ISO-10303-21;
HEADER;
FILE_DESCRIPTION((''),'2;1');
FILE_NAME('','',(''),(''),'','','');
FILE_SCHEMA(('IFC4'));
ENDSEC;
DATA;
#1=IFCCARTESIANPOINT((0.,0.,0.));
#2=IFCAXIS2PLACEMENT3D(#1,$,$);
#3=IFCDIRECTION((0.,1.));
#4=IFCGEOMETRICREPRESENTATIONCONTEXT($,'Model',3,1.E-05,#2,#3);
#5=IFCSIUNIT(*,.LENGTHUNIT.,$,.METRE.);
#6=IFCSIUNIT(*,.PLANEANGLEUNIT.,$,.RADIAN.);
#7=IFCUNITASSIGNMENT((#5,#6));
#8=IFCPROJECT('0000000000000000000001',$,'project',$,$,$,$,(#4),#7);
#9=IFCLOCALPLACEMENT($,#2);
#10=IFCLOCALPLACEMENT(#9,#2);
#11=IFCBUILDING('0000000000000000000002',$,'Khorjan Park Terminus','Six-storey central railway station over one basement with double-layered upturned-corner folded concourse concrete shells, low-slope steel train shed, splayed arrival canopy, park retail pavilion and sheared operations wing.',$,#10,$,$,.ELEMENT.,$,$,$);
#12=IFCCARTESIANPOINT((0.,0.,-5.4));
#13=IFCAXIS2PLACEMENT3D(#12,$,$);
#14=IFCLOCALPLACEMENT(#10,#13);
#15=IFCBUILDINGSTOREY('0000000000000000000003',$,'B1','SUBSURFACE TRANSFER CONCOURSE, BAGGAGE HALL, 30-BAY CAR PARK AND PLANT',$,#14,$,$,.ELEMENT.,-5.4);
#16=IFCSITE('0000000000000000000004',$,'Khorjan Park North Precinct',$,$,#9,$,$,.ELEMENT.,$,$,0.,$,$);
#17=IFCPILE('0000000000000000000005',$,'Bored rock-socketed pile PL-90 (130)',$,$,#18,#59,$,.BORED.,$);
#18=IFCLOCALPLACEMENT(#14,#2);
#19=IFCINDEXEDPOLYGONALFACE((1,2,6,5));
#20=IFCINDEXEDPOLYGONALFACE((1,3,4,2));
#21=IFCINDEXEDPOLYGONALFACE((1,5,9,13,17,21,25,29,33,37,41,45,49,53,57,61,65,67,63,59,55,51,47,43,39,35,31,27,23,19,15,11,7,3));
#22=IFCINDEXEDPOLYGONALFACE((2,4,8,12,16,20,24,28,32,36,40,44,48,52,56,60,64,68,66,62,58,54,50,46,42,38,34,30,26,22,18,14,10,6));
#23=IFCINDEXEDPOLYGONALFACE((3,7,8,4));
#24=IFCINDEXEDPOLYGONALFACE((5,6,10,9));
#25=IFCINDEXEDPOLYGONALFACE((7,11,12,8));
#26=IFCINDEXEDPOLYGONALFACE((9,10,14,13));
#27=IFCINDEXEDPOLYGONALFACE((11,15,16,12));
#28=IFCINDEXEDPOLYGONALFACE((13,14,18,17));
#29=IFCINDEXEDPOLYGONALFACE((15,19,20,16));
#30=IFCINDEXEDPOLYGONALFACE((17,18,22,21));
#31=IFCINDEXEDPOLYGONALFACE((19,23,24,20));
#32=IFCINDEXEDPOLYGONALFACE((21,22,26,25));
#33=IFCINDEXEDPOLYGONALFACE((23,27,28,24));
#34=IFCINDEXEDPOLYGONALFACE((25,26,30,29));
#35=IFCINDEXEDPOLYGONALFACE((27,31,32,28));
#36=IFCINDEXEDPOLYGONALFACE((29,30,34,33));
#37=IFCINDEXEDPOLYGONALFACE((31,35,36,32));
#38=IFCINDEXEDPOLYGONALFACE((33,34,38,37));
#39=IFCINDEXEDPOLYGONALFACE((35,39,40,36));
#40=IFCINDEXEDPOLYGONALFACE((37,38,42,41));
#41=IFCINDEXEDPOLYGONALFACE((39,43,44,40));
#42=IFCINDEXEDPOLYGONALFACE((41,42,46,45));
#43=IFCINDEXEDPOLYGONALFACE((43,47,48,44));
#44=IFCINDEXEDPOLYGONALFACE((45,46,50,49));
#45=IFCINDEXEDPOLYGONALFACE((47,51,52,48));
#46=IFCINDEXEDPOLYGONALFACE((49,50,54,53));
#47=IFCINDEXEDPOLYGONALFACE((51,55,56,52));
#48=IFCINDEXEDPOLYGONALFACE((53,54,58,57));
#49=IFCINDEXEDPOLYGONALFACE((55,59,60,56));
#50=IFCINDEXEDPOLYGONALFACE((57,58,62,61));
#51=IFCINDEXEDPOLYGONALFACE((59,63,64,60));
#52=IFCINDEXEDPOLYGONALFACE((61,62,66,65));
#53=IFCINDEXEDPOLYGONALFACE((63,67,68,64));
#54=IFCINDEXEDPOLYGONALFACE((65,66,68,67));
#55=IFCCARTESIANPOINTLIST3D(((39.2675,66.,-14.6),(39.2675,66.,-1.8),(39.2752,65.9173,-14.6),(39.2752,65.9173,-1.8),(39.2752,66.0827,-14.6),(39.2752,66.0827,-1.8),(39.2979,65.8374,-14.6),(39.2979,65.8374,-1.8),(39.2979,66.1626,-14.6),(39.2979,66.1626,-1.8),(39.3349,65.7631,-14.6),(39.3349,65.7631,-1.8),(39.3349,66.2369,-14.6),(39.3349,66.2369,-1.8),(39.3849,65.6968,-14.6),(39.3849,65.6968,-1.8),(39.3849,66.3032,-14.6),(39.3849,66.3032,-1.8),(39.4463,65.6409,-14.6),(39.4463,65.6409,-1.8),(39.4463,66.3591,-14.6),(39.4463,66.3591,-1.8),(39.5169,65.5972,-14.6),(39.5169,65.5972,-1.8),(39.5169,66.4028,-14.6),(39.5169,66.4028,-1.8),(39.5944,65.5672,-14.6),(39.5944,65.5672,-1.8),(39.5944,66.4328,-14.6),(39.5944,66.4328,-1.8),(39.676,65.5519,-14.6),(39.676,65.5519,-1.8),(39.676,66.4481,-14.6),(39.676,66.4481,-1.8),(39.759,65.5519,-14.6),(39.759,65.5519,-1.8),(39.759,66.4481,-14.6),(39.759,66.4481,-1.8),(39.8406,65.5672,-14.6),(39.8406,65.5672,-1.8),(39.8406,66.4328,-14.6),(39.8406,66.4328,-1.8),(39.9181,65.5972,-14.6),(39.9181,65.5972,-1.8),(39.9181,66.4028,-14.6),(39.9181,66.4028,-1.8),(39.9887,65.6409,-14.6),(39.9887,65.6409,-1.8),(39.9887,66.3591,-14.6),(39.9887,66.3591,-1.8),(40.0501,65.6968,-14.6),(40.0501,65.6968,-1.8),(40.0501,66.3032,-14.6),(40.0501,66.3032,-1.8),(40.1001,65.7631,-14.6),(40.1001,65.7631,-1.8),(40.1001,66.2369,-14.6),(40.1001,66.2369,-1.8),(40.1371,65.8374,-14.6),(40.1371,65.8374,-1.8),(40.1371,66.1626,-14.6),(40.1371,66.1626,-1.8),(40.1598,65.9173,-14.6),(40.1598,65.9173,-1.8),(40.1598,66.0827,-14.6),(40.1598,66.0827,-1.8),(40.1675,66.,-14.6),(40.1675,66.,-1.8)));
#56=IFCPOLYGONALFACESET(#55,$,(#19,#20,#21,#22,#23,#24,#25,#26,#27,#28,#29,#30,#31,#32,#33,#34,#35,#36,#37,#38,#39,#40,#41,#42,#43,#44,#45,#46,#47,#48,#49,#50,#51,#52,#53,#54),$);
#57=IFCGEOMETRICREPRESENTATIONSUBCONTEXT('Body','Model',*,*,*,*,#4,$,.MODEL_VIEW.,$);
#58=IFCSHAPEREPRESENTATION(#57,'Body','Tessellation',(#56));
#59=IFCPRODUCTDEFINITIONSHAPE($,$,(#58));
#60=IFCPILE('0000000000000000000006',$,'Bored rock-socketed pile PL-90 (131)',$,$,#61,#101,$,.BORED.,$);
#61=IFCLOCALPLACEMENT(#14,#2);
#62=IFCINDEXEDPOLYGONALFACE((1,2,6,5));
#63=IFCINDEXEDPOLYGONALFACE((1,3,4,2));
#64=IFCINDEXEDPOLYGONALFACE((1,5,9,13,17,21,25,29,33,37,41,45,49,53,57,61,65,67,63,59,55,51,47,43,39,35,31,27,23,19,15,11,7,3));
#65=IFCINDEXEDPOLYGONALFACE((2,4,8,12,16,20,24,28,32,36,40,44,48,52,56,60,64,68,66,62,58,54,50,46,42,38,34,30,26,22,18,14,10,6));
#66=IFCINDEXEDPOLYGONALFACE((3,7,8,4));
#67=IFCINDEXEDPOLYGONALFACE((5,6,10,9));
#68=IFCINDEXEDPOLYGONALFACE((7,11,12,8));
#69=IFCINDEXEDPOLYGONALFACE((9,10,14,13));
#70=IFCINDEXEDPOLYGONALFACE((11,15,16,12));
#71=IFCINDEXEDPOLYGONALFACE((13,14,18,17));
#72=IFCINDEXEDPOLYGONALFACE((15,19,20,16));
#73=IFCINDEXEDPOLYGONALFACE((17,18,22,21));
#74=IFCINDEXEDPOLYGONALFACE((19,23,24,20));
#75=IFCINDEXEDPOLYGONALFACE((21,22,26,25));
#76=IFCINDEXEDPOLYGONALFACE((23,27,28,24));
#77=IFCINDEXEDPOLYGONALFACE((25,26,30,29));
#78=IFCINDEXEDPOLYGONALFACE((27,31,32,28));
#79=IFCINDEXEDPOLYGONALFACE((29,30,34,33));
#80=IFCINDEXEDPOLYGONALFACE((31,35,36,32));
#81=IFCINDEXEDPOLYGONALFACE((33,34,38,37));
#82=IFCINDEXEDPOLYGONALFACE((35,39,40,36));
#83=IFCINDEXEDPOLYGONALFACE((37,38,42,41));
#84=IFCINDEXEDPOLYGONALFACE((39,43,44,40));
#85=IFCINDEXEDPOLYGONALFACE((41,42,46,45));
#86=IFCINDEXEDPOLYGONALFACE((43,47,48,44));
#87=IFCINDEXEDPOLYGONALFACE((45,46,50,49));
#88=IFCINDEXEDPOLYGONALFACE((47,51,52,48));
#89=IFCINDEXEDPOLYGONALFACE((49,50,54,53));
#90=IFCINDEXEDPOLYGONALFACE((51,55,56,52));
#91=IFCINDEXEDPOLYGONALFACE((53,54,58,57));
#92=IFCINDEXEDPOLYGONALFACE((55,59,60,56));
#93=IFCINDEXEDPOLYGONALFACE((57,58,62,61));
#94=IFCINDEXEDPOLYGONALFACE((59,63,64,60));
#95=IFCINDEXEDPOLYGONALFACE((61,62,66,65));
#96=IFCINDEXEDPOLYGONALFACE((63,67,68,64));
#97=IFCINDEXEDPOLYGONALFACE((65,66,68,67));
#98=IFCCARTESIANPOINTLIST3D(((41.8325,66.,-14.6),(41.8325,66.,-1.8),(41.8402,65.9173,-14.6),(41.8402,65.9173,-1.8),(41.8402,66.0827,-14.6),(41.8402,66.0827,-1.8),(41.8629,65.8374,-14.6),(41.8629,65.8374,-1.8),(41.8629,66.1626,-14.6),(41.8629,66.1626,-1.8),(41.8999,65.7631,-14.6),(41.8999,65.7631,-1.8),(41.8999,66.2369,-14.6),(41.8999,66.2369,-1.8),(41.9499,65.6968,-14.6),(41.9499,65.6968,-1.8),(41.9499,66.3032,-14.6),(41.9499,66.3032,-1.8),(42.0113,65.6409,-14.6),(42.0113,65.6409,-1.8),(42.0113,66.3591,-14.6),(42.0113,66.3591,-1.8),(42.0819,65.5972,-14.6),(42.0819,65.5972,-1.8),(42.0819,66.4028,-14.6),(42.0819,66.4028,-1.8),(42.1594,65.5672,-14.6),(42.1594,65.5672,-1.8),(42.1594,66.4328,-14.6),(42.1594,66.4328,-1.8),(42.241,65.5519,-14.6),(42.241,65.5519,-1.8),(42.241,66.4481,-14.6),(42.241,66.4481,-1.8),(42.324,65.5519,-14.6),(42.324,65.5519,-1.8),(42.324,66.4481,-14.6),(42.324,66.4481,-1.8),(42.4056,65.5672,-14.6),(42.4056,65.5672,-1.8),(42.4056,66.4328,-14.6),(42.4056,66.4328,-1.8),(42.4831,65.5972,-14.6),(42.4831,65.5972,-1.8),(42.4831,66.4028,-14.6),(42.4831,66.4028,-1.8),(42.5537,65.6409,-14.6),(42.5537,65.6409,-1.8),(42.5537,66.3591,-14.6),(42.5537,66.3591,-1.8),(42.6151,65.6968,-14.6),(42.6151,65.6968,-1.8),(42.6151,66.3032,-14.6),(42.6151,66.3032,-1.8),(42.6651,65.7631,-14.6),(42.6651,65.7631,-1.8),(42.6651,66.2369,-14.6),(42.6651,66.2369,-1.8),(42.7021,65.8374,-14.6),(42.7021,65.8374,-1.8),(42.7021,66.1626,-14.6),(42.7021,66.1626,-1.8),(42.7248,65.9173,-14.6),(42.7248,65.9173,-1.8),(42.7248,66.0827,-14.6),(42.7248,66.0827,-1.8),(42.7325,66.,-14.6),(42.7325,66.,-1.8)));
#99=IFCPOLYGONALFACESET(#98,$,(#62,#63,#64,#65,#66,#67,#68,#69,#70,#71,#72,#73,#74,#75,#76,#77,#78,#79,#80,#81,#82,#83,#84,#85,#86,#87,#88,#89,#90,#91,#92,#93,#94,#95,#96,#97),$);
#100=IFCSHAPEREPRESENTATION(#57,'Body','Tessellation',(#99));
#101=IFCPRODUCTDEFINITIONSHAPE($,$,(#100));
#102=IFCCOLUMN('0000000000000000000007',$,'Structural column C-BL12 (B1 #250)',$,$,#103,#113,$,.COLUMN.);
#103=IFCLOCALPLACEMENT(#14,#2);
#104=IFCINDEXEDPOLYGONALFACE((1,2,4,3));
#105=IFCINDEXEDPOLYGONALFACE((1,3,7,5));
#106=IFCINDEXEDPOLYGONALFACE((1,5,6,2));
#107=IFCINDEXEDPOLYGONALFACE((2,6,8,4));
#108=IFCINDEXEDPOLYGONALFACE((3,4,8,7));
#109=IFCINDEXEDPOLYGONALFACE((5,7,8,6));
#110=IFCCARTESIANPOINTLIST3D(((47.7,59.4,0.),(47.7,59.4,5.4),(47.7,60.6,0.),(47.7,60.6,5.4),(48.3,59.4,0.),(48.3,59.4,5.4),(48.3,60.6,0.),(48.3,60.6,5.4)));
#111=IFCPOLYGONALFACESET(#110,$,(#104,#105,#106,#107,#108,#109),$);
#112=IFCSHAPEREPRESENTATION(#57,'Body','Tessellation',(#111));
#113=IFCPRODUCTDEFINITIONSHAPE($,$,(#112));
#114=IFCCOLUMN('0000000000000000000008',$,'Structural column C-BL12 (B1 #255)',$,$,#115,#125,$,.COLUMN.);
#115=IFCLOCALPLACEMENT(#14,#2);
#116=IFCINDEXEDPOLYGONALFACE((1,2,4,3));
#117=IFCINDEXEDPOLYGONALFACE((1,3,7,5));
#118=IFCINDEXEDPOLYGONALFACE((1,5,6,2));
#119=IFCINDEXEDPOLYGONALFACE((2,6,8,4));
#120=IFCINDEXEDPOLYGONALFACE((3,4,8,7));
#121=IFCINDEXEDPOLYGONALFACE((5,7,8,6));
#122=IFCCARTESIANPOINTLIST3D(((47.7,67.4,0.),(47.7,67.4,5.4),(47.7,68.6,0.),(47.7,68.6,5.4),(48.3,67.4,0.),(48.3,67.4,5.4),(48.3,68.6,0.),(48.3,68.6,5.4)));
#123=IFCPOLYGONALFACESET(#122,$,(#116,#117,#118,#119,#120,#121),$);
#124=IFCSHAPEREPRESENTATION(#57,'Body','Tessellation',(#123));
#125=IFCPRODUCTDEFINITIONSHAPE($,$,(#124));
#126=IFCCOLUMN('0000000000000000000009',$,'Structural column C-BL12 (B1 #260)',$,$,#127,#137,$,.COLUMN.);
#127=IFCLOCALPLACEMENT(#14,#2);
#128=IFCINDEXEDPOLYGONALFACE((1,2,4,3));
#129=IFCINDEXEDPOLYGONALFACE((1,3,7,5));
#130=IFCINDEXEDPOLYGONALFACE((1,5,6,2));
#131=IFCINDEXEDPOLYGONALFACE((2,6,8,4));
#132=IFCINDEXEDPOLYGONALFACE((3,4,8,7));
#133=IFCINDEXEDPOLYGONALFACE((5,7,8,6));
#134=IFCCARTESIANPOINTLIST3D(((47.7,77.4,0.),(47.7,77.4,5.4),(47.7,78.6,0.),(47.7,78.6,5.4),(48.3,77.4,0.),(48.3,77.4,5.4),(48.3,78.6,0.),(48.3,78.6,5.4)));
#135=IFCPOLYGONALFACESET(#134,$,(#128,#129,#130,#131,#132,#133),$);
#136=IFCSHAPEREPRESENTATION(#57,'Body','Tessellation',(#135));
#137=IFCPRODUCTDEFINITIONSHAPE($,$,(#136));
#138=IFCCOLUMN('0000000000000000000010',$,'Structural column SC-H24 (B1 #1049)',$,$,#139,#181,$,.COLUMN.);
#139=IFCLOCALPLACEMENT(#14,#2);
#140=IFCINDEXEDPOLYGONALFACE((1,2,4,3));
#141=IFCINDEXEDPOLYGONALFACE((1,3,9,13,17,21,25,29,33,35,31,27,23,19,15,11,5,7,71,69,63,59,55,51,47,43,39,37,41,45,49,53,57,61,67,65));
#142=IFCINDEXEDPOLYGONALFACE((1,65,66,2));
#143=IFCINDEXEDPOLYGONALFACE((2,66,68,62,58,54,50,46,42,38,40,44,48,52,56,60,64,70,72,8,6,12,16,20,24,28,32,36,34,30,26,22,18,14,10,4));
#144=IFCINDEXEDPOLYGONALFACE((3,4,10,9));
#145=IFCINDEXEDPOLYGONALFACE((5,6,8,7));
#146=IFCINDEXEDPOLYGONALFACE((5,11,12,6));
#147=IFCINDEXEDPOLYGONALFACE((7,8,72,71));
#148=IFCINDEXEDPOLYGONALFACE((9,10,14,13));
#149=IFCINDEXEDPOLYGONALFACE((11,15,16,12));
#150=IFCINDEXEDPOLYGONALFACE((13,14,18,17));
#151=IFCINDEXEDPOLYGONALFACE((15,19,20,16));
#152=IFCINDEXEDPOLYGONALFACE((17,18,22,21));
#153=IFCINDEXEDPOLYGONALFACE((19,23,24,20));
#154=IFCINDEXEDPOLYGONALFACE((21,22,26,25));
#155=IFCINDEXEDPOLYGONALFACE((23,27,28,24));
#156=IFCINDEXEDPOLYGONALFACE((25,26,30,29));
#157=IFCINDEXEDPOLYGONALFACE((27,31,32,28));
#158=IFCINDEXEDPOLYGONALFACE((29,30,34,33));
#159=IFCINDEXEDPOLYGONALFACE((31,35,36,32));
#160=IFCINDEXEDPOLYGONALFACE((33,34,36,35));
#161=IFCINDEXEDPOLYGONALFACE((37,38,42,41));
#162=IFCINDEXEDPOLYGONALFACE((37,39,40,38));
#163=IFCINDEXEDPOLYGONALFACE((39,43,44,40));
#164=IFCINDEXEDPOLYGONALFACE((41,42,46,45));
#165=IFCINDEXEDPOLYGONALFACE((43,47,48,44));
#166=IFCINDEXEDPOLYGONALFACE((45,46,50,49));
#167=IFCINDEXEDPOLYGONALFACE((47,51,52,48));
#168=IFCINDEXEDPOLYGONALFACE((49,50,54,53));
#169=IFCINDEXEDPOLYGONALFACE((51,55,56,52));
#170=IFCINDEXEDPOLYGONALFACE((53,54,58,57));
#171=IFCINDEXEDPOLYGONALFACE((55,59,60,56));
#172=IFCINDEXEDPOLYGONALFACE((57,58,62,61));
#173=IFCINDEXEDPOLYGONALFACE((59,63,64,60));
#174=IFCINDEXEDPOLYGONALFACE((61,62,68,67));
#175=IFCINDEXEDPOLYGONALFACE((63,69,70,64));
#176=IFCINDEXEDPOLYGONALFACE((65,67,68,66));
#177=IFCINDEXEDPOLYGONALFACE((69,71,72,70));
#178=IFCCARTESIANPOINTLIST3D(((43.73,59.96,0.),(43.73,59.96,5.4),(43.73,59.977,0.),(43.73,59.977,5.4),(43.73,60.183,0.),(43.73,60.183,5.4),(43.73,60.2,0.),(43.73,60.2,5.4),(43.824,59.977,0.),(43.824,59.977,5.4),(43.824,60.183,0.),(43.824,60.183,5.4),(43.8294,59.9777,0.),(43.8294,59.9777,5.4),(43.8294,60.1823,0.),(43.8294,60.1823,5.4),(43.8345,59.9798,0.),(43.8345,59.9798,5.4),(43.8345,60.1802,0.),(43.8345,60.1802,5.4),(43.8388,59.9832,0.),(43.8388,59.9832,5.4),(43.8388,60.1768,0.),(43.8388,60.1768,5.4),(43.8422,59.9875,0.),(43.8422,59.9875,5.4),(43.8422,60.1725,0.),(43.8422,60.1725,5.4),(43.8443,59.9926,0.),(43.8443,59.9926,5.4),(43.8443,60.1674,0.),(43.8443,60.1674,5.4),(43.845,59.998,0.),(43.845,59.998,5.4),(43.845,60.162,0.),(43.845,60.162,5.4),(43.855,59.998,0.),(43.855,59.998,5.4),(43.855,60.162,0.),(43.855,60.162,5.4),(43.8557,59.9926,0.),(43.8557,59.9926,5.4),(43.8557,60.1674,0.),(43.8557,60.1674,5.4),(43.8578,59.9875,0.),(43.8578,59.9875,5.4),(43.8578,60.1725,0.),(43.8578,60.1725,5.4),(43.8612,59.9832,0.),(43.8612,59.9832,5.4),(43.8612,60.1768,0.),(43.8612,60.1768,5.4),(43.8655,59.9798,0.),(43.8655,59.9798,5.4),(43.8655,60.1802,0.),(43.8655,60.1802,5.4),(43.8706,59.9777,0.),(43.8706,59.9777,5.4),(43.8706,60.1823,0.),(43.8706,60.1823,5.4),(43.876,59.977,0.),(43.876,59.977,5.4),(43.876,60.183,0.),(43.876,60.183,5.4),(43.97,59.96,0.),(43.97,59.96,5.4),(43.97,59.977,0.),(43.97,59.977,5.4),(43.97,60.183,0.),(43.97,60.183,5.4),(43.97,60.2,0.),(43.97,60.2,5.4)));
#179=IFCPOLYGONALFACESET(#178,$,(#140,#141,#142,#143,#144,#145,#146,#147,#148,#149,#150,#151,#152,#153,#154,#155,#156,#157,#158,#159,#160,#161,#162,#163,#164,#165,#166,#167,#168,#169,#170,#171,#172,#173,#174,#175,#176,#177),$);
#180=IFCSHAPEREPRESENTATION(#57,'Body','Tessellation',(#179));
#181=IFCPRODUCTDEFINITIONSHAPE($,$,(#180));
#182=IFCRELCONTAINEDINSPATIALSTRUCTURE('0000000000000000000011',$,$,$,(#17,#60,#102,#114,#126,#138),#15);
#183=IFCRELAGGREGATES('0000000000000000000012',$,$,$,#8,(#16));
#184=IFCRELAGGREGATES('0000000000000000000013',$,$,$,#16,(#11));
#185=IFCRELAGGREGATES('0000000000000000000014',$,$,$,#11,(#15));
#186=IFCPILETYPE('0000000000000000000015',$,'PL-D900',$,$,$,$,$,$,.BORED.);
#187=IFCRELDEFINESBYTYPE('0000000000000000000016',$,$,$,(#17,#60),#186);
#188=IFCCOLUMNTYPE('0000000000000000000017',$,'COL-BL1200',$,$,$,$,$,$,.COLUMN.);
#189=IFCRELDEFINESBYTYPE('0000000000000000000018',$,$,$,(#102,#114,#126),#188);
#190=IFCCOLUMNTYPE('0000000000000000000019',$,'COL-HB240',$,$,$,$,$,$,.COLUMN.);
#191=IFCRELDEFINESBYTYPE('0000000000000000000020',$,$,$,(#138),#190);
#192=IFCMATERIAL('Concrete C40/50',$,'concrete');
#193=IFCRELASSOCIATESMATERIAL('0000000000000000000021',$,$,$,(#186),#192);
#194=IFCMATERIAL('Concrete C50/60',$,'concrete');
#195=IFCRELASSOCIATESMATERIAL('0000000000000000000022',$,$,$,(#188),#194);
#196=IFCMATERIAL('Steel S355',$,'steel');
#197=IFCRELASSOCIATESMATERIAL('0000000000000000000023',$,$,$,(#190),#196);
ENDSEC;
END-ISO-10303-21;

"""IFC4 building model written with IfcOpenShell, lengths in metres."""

from ifc_helpers import new_model, si_unit, direction, frame, origin, origin_2d, place, context, subcontext, project, spatial, rectangle, circle, i_section, extrude, material, material_profile, profile_set, type_object, element, save


model = new_model("IFC4")

# Units and contexts
model_context = context("Model", 3, precision=1e-05, world=origin(), true_north=direction((0.0, 1.0)))
body_context = subcontext(model_context, "Body", "Model", "MODEL_VIEW")
ifc_project = project(units=[si_unit("LENGTHUNIT", "METRE"), si_unit("PLANEANGLEUNIT", "RADIAN")], contexts=[model_context])

# Site, building, storey
site_placement = place(None, origin())
site = spatial("IfcSite", under=ifc_project, at=site_placement, Name="Khorjan Park North Precinct", CompositionType="ELEMENT", RefElevation=0.0)
building_placement = place(site_placement, origin())
building = spatial("IfcBuilding", under=site, at=building_placement, Name="Khorjan Park Terminus", Description="Six-storey central railway station over one basement with double-layered upturned-corner folded concourse concrete shells, low-slope steel train shed, splayed arrival canopy, park retail pavilion and sheared operations wing.", CompositionType="ELEMENT")
storey_placement = place(building_placement, frame((0.0, 0.0, -5.4)))
storey = spatial("IfcBuildingStorey", under=building, at=storey_placement, Name="B1", Description="SUBSURFACE TRANSFER CONCOURSE, BAGGAGE HALL, 30-BAY CAR PARK AND PLANT", CompositionType="ELEMENT", Elevation=-5.4)

# Shared definitions
ifc_material_1 = material(Name="Concrete C40/50", Category="concrete")

# Piles
ifc_material_profile_1 = material_profile(ifc_material_1, circle(Radius=0.45, at=origin_2d()), Name="BORED D900")
ifc_profile_set_1 = profile_set([ifc_material_profile_1], Name="Concrete C40/50")
pile_type_1 = type_object("IfcPileType", Name="PL-D900", PredefinedType="BORED", material=ifc_profile_set_1)
for number, where, z_axis, x_axis, name in (
    (1, (39.7175, 66.0, -1.8), (0.0, 0.0, -1.0), (1.0, 0.0, 0.0), "Bored rock-socketed pile PL-90 (130)"),
    (2, (42.2825, 66.0, -1.8), (0.0, 0.0, -1.0), (1.0, 0.0, 0.0), "Bored rock-socketed pile PL-90 (131)"),
):
    element("IfcPile", number, at=place(storey_placement, frame(where, z_axis=z_axis, x_axis=x_axis)), inside=storey, type_object=pile_type_1, Name=name, PredefinedType="BORED", context=body_context, shape_type="SweptSolid", body=[
        extrude(circle(Radius=0.45, at=origin_2d()), origin(), (0.0, 0.0, 1.0), 12.8),
    ])

# Columns
ifc_material_2 = material(Name="Concrete C50/60", Category="concrete")
ifc_material_profile_2 = material_profile(ifc_material_2, rectangle(XDim=0.6, YDim=1.2, at=origin_2d()), Name="RC 600x1200")
ifc_profile_set_2 = profile_set([ifc_material_profile_2], Name="Concrete C50/60")
column_type_1 = type_object("IfcColumnType", Name="COL-BL1200", PredefinedType="COLUMN", material=ifc_profile_set_2)
for number, where, z_axis, x_axis, name in (
    (3, (48.0, 60.0, 0.0), (0.0, 0.0, 1.0), (1.0, 0.0, 0.0), "Structural column C-BL12 (B1 #250)"),
    (4, (48.0, 68.0, 0.0), (0.0, 0.0, 1.0), (1.0, 0.0, 0.0), "Structural column C-BL12 (B1 #255)"),
    (5, (48.0, 78.0, 0.0), (0.0, 0.0, 1.0), (1.0, 0.0, 0.0), "Structural column C-BL12 (B1 #260)"),
):
    element("IfcColumn", number, at=place(storey_placement, frame(where, z_axis=z_axis, x_axis=x_axis)), inside=storey, type_object=column_type_1, Name=name, PredefinedType="COLUMN", context=body_context, shape_type="SweptSolid", body=[
        extrude(rectangle(XDim=0.6, YDim=1.2, at=origin_2d()), origin(), (0.0, 0.0, 1.0), 5.4),
    ])
ifc_material_3 = material(Name="Steel S355", Category="steel")
ifc_material_profile_3 = material_profile(ifc_material_3, i_section(OverallWidth=0.24, OverallDepth=0.24, WebThickness=0.01, FlangeThickness=0.017, FilletRadius=0.021, at=origin_2d()), Name="HEB 240")
ifc_profile_set_3 = profile_set([ifc_material_profile_3], Name="Steel S355")
column_type_2 = type_object("IfcColumnType", Name="COL-HB240", PredefinedType="COLUMN", material=ifc_profile_set_3)
for number, where, z_axis, x_axis, name in (
    (6, (43.85, 60.08, 0.0), (0.0, 0.0, 1.0), (1.0, 0.0, 0.0), "Structural column SC-H24 (B1 #1049)"),
):
    element("IfcColumn", number, at=place(storey_placement, frame(where, z_axis=z_axis, x_axis=x_axis)), inside=storey, type_object=column_type_2, Name=name, PredefinedType="COLUMN", context=body_context, shape_type="SweptSolid", body=[
        extrude(i_section(OverallWidth=0.24, OverallDepth=0.24, WebThickness=0.01, FlangeThickness=0.017, FilletRadius=0.021, at=origin_2d()), origin(), (0.0, 0.0, 1.0), 5.4),
    ])

save(model, "model.ifc")
